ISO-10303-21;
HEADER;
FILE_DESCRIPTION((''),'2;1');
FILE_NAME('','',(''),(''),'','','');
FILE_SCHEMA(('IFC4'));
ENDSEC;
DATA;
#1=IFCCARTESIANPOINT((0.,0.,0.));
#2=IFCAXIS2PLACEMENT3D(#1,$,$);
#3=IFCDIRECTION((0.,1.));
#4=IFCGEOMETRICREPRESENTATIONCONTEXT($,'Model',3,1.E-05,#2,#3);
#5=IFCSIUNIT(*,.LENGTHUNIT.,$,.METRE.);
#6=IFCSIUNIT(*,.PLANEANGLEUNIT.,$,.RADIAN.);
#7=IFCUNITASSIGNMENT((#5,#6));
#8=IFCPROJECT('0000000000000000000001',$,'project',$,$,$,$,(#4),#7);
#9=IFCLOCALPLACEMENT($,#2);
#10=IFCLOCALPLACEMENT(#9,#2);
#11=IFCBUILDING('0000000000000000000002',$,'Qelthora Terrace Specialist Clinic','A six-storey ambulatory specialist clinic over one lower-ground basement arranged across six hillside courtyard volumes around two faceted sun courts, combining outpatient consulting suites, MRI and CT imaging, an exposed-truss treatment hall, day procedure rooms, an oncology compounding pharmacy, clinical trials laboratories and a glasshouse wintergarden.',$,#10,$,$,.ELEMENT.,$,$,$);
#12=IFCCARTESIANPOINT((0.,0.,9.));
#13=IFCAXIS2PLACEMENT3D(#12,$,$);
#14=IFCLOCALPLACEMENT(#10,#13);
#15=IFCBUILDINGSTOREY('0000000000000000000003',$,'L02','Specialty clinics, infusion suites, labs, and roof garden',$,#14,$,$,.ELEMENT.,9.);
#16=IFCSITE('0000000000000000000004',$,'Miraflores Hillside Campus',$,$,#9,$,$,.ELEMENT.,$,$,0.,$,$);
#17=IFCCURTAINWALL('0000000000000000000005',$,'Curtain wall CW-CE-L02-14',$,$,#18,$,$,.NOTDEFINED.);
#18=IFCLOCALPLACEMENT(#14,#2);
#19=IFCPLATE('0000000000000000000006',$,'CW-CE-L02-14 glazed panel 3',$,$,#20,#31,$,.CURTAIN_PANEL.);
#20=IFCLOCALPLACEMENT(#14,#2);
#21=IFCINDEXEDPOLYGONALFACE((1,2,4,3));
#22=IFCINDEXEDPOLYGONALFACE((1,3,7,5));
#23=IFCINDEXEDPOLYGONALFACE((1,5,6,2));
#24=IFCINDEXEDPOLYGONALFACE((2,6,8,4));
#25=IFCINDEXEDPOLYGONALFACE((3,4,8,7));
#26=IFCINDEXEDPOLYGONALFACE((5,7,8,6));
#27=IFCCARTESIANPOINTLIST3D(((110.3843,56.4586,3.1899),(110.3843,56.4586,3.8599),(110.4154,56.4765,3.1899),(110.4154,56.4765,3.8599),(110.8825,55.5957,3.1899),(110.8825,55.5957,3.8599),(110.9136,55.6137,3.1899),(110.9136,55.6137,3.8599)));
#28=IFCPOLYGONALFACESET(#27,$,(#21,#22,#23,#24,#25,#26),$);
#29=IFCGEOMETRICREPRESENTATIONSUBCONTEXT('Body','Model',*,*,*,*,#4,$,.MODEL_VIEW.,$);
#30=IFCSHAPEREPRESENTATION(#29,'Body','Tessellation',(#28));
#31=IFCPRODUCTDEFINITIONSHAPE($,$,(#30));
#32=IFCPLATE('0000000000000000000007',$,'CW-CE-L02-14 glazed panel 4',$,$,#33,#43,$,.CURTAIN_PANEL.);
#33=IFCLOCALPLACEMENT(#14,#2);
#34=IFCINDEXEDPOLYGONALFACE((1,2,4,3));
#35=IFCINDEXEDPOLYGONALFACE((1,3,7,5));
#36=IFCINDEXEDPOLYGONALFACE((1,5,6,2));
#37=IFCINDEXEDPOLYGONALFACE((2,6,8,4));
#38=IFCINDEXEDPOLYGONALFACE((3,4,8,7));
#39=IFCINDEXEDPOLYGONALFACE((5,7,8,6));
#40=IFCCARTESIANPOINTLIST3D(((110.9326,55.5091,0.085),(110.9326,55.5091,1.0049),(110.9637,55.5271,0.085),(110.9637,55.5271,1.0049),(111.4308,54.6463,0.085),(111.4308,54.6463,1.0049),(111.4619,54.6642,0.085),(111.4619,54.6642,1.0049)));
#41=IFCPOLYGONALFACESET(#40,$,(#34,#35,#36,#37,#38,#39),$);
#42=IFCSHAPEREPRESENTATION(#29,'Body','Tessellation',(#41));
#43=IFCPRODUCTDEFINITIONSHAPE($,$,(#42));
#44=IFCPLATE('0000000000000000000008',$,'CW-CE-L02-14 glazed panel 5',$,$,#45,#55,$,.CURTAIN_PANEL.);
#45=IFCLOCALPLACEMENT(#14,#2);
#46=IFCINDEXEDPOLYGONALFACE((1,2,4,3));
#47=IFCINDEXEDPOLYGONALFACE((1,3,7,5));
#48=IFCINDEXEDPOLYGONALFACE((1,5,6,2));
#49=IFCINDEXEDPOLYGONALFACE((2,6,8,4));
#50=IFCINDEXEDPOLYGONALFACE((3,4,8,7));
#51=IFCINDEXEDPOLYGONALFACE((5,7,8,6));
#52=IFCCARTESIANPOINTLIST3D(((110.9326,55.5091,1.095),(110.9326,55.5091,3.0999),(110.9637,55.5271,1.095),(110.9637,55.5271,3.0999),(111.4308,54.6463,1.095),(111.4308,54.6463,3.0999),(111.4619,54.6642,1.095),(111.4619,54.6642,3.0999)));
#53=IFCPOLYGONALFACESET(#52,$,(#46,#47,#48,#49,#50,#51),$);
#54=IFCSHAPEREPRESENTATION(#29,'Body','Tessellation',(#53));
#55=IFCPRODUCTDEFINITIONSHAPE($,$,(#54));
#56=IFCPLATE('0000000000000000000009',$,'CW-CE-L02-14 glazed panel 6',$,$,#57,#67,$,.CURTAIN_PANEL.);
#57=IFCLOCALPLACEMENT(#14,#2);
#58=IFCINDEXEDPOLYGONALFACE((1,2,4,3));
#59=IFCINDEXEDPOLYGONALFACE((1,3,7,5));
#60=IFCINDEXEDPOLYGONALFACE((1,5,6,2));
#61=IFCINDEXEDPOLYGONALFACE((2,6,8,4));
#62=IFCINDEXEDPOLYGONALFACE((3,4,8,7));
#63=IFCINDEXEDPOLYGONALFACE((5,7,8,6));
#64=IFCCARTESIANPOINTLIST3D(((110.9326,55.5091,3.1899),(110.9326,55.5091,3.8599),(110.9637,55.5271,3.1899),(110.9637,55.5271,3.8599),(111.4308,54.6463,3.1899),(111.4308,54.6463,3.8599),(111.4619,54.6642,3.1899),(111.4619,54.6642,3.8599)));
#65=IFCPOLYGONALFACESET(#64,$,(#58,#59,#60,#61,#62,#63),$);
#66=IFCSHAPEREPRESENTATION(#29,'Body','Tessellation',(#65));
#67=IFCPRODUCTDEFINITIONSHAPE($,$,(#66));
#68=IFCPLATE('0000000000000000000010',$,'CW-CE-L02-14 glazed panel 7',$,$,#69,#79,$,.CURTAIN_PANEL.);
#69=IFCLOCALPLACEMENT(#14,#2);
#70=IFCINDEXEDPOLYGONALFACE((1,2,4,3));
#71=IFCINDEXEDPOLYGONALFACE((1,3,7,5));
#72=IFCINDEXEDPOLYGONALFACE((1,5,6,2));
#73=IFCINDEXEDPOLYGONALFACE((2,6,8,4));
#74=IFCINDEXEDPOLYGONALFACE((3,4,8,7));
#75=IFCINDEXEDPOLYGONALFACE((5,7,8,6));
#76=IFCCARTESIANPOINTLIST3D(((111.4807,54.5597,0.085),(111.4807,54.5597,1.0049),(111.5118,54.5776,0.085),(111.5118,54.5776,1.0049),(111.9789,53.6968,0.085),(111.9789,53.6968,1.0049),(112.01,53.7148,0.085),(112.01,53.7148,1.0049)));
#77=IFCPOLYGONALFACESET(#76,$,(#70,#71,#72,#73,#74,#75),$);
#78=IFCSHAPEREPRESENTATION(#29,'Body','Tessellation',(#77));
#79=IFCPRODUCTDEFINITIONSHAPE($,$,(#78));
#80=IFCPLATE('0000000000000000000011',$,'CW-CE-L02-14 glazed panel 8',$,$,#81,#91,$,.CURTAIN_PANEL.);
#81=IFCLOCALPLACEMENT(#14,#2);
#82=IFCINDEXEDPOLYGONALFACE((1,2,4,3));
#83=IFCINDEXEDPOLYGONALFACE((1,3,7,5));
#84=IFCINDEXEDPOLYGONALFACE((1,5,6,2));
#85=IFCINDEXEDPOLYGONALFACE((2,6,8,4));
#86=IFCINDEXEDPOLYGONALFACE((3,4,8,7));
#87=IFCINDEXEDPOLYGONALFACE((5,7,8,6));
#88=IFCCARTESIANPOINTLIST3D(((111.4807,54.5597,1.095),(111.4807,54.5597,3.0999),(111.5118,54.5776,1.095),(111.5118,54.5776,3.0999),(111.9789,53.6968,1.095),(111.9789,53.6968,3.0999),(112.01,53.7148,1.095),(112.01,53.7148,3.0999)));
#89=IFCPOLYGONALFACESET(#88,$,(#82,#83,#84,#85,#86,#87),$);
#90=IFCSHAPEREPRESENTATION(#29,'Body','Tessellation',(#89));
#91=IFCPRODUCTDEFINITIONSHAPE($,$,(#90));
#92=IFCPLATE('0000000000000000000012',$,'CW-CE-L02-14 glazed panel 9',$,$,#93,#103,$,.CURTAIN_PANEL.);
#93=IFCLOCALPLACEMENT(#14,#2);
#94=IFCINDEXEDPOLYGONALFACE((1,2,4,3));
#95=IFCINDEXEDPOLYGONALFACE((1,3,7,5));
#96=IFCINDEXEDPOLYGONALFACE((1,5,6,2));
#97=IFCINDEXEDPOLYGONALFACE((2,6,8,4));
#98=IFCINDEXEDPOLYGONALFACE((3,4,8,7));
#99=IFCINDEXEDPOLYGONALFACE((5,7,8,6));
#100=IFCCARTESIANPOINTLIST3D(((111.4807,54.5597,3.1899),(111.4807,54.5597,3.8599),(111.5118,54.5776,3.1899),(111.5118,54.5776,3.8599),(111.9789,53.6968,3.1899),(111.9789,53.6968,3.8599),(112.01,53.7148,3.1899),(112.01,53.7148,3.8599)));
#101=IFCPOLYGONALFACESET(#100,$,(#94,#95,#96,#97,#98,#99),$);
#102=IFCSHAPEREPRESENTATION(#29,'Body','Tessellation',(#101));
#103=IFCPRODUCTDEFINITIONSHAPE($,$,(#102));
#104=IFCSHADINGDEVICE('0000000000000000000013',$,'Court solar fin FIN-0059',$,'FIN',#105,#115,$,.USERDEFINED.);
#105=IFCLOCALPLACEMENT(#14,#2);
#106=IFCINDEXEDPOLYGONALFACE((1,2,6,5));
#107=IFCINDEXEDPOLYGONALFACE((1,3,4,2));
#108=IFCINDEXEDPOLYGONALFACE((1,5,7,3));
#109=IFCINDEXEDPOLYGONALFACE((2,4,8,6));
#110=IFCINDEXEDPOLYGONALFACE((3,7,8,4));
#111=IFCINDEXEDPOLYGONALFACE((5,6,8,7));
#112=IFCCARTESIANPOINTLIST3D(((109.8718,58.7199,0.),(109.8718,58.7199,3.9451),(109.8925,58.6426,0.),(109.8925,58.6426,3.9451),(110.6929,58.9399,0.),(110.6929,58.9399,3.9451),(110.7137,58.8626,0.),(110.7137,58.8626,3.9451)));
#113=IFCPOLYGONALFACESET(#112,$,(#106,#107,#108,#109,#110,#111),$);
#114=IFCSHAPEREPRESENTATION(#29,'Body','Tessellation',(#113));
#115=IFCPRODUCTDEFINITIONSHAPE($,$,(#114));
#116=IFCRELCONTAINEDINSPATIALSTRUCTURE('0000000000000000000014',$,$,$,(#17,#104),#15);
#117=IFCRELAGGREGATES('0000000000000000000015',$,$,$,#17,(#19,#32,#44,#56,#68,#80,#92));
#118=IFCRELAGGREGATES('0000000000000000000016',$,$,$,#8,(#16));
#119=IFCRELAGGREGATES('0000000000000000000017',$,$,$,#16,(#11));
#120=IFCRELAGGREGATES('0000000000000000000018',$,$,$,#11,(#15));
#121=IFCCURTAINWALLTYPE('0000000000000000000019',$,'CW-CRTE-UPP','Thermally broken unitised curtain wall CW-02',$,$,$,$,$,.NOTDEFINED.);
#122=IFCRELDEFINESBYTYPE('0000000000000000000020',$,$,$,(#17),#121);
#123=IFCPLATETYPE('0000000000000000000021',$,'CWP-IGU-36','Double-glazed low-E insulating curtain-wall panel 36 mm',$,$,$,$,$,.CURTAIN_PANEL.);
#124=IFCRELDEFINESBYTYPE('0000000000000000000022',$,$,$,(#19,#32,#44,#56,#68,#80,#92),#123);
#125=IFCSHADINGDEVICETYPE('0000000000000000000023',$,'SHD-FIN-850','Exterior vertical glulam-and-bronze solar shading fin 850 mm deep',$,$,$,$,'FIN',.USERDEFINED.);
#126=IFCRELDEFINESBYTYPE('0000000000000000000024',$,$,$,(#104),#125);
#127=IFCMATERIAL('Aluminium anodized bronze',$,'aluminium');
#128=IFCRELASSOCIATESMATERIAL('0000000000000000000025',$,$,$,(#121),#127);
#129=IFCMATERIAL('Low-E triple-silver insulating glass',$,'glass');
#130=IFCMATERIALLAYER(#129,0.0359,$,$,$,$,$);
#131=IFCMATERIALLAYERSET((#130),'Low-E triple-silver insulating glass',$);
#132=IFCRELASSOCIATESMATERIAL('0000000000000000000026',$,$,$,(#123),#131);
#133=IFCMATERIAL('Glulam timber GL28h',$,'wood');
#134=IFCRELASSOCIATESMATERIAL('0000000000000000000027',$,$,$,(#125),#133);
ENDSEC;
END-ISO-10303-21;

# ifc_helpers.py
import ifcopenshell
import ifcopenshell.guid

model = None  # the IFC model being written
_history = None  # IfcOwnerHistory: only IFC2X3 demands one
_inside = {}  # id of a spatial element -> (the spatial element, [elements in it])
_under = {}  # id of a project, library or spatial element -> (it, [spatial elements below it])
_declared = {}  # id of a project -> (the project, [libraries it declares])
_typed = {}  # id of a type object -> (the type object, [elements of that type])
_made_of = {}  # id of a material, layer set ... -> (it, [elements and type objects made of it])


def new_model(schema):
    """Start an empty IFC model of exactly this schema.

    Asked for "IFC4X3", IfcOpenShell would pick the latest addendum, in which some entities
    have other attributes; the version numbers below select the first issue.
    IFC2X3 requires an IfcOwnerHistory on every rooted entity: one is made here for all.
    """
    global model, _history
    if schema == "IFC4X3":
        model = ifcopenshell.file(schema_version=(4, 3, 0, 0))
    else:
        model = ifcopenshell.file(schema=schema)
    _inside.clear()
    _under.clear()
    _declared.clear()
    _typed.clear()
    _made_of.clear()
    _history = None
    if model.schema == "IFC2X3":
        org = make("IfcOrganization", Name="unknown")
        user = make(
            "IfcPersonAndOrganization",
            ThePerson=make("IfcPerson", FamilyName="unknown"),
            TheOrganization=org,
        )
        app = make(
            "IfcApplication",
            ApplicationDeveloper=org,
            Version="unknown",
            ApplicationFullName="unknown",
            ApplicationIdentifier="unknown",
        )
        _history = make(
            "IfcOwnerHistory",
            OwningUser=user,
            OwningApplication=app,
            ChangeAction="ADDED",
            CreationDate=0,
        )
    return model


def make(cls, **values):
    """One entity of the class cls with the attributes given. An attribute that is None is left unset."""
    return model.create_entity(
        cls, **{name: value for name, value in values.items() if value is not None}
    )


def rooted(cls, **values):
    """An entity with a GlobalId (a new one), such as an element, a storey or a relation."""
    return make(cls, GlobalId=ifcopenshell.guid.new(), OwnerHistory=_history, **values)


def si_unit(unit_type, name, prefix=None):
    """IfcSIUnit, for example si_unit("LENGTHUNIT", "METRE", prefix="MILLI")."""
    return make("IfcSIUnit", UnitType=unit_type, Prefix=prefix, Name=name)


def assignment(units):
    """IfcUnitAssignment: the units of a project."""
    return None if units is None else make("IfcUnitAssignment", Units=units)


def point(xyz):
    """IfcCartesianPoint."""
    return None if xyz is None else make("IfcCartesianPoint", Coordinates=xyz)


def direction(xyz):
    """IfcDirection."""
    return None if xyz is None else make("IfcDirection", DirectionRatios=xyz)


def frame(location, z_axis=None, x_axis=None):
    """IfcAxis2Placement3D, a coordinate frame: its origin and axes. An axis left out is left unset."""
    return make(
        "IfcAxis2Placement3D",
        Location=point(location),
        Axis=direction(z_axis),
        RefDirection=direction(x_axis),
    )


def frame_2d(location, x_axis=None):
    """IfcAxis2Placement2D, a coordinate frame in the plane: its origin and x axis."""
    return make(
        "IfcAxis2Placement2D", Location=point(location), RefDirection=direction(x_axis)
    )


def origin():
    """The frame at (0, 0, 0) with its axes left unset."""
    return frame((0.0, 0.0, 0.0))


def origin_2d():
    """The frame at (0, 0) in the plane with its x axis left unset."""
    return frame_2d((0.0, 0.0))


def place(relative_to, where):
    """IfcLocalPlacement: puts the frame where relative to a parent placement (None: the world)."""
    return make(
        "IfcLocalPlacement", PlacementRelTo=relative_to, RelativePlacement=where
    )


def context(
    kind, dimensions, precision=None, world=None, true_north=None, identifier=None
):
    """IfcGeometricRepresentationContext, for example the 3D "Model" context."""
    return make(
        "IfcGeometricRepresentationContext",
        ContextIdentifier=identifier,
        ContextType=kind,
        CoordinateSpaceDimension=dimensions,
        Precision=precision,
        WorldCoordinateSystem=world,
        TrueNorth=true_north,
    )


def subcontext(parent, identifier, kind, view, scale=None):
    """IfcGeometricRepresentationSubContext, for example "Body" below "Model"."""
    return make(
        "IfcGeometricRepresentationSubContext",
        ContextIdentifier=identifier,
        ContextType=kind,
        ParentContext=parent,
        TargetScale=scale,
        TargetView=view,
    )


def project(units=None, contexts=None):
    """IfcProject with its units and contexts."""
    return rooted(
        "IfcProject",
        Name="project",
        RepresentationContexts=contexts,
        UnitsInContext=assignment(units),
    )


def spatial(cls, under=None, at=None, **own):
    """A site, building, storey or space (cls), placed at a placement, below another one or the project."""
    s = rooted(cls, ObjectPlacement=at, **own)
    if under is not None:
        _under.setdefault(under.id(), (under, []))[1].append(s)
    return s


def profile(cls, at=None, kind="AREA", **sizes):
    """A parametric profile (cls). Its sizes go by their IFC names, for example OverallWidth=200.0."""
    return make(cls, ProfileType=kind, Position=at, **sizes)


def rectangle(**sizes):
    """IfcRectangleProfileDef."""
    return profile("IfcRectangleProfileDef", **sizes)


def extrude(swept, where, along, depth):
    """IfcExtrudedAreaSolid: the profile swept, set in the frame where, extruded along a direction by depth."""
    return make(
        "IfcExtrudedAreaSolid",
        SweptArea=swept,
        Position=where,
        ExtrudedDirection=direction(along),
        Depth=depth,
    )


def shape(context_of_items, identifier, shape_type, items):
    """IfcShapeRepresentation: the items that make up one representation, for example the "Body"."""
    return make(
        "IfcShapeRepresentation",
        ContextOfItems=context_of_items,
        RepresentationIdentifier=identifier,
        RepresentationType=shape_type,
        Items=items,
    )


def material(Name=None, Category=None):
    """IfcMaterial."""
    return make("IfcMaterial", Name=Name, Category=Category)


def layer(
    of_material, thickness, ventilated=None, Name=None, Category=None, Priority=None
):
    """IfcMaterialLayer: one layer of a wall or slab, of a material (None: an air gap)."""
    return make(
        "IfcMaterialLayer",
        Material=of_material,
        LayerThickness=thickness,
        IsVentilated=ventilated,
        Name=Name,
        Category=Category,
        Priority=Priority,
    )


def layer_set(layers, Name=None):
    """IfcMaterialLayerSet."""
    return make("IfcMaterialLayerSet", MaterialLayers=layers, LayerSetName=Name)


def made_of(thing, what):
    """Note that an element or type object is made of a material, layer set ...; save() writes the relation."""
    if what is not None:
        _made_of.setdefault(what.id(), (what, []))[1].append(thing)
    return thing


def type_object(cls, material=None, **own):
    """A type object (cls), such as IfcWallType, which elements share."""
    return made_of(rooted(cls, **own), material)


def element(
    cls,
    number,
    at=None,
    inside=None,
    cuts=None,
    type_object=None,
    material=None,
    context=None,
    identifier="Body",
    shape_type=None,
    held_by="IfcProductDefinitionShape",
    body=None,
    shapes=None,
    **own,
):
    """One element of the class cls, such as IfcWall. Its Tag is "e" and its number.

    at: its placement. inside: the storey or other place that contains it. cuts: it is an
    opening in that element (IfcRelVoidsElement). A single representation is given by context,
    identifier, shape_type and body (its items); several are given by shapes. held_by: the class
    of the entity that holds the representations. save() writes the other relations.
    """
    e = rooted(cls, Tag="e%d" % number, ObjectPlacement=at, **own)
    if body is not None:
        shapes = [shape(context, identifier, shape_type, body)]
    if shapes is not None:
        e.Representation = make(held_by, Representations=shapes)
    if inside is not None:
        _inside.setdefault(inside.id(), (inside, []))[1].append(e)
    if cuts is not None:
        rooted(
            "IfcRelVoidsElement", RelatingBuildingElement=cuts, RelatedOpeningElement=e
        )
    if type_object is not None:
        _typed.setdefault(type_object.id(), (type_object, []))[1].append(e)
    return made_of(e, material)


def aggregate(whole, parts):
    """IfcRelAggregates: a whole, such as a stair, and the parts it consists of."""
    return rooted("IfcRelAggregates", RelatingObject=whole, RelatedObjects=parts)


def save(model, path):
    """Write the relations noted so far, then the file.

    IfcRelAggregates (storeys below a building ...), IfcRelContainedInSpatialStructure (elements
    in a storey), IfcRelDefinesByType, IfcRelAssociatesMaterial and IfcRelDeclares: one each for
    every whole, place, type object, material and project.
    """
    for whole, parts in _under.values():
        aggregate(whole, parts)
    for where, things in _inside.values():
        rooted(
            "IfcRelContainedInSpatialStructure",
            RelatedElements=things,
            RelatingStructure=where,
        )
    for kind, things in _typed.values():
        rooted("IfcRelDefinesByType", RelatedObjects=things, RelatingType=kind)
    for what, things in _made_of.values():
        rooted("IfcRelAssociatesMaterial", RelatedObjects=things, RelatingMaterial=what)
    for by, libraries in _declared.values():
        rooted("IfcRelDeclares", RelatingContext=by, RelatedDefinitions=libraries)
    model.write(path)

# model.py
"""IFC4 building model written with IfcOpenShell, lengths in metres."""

from ifc_helpers import new_model, si_unit, direction, frame, origin, origin_2d, place, context, subcontext, project, spatial, rectangle, extrude, material, layer, layer_set, type_object, element, aggregate, save


model = new_model("IFC4")

# Units and contexts
model_context = context("Model", 3, precision=1e-05, world=origin(), true_north=direction((0.0, 1.0)))
body_context = subcontext(model_context, "Body", "Model", "MODEL_VIEW")
ifc_project = project(units=[si_unit("LENGTHUNIT", "METRE"), si_unit("PLANEANGLEUNIT", "RADIAN")], contexts=[model_context])

# Site, building, storey
site_placement = place(None, origin())
site = spatial("IfcSite", under=ifc_project, at=site_placement, Name="Miraflores Hillside Campus", CompositionType="ELEMENT", RefElevation=0.0)
building_placement = place(site_placement, origin())
building = spatial("IfcBuilding", under=site, at=building_placement, Name="Qelthora Terrace Specialist Clinic", Description="A six-storey ambulatory specialist clinic over one lower-ground basement arranged across six hillside courtyard volumes around two faceted sun courts, combining outpatient consulting suites, MRI and CT imaging, an exposed-truss treatment hall, day procedure rooms, an oncology compounding pharmacy, clinical trials laboratories and a glasshouse wintergarden.", CompositionType="ELEMENT")
storey_placement = place(building_placement, frame((0.0, 0.0, 9.0)))
storey = spatial("IfcBuildingStorey", under=building, at=storey_placement, Name="L02", Description="Specialty clinics, infusion suites, labs, and roof garden", CompositionType="ELEMENT", Elevation=9.0)

# Curtain wall
ifc_material_1 = material(Name="Aluminium anodized bronze", Category="aluminium")
curtain_wall_type = type_object("IfcCurtainWallType", Name="CW-CRTE-UPP", Description="Thermally broken unitised curtain wall CW-02", PredefinedType="NOTDEFINED", material=ifc_material_1)
curtain_wall_1_placement = place(storey_placement, origin())
curtain_wall_1 = element("IfcCurtainWall", 1, at=curtain_wall_1_placement, inside=storey, type_object=curtain_wall_type, Name="Curtain wall CW-CE-L02-14", PredefinedType="NOTDEFINED")

# Plates
ifc_material_2 = material(Name="Low-E triple-silver insulating glass", Category="glass")
ifc_layer = layer(ifc_material_2, 0.0359)
ifc_layer_set = layer_set([ifc_layer], Name="Low-E triple-silver insulating glass")
plate_type = type_object("IfcPlateType", Name="CWP-IGU-36", Description="Double-glazed low-E insulating curtain-wall panel 36 mm", PredefinedType="CURTAIN_PANEL", material=ifc_layer_set)
plate_1_placement = place(storey_placement, frame((110.6489, 56.0361, 3.1899), z_axis=(0.0, 0.0, 1.0), x_axis=(0.5, -0.866025, 0.0)))
plate_1 = element("IfcPlate", 2, at=plate_1_placement, type_object=plate_type, Name="CW-CE-L02-14 glazed panel 3", PredefinedType="CURTAIN_PANEL", context=body_context, shape_type="SweptSolid", body=[
    extrude(rectangle(XDim=0.9963, YDim=0.0359, at=origin_2d()), origin(), (0.0, 0.0, 1.0), 0.6699),
])
plate_2_placement = place(storey_placement, frame((111.1973, 55.0867, 0.085), z_axis=(0.0, 0.0, 1.0), x_axis=(0.5, -0.866025, 0.0)))
plate_2 = element("IfcPlate", 3, at=plate_2_placement, type_object=plate_type, Name="CW-CE-L02-14 glazed panel 4", PredefinedType="CURTAIN_PANEL", context=body_context, shape_type="SweptSolid", body=[
    extrude(rectangle(XDim=0.9963, YDim=0.0359, at=origin_2d()), origin(), (0.0, 0.0, 1.0), 0.9199),
])
plate_3_placement = place(storey_placement, frame((111.1973, 55.0867, 1.095), z_axis=(0.0, 0.0, 1.0), x_axis=(0.5, -0.866025, 0.0)))
plate_3 = element("IfcPlate", 4, at=plate_3_placement, type_object=plate_type, Name="CW-CE-L02-14 glazed panel 5", PredefinedType="CURTAIN_PANEL", context=body_context, shape_type="SweptSolid", body=[
    extrude(rectangle(XDim=0.9963, YDim=0.0359, at=origin_2d()), origin(), (0.0, 0.0, 1.0), 2.0049),
])
plate_4_placement = place(storey_placement, frame((111.1973, 55.0867, 3.1899), z_axis=(0.0, 0.0, 1.0), x_axis=(0.5, -0.866025, 0.0)))
plate_4 = element("IfcPlate", 5, at=plate_4_placement, type_object=plate_type, Name="CW-CE-L02-14 glazed panel 6", PredefinedType="CURTAIN_PANEL", context=body_context, shape_type="SweptSolid", body=[
    extrude(rectangle(XDim=0.9963, YDim=0.0359, at=origin_2d()), origin(), (0.0, 0.0, 1.0), 0.6699),
])
plate_5_placement = place(storey_placement, frame((111.7454, 54.1372, 0.085), z_axis=(0.0, 0.0, 1.0), x_axis=(0.5, -0.866025, 0.0)))
plate_5 = element("IfcPlate", 6, at=plate_5_placement, type_object=plate_type, Name="CW-CE-L02-14 glazed panel 7", PredefinedType="CURTAIN_PANEL", context=body_context, shape_type="SweptSolid", body=[
    extrude(rectangle(XDim=0.9963, YDim=0.0359, at=origin_2d()), origin(), (0.0, 0.0, 1.0), 0.9199),
])
plate_6_placement = place(storey_placement, frame((111.7454, 54.1372, 1.095), z_axis=(0.0, 0.0, 1.0), x_axis=(0.5, -0.866025, 0.0)))
plate_6 = element("IfcPlate", 7, at=plate_6_placement, type_object=plate_type, Name="CW-CE-L02-14 glazed panel 8", PredefinedType="CURTAIN_PANEL", context=body_context, shape_type="SweptSolid", body=[
    extrude(rectangle(XDim=0.9963, YDim=0.0359, at=origin_2d()), origin(), (0.0, 0.0, 1.0), 2.0049),
])
plate_7_placement = place(storey_placement, frame((111.7454, 54.1372, 3.1899), z_axis=(0.0, 0.0, 1.0), x_axis=(0.5, -0.866025, 0.0)))
plate_7 = element("IfcPlate", 8, at=plate_7_placement, type_object=plate_type, Name="CW-CE-L02-14 glazed panel 9", PredefinedType="CURTAIN_PANEL", context=body_context, shape_type="SweptSolid", body=[
    extrude(rectangle(XDim=0.9963, YDim=0.0359, at=origin_2d()), origin(), (0.0, 0.0, 1.0), 0.6699),
])
aggregate(curtain_wall_1, [plate_1, plate_2, plate_3, plate_4, plate_5, plate_6, plate_7])

# Shading device
ifc_material_3 = material(Name="Glulam timber GL28h", Category="wood")
shading_device_type = type_object("IfcShadingDeviceType", Name="SHD-FIN-850", Description="Exterior vertical glulam-and-bronze solar shading fin 850 mm deep", ElementType="FIN", PredefinedType="USERDEFINED", material=ifc_material_3)
shading_device_placement = place(storey_placement, frame((110.2927, 58.7913, 0.0), z_axis=(0.0, 0.0, 1.0), x_axis=(0.965926, 0.258819, 0.0)))
element("IfcShadingDevice", 9, at=shading_device_placement, inside=storey, type_object=shading_device_type, Name="Court solar fin FIN-0059", ObjectType="FIN", PredefinedType="USERDEFINED", context=body_context, shape_type="SweptSolid", body=[
    extrude(rectangle(XDim=0.8501, YDim=0.0801, at=origin_2d()), origin(), (0.0, 0.0, 1.0), 3.9451),
])

save(model, "model.ifc")
